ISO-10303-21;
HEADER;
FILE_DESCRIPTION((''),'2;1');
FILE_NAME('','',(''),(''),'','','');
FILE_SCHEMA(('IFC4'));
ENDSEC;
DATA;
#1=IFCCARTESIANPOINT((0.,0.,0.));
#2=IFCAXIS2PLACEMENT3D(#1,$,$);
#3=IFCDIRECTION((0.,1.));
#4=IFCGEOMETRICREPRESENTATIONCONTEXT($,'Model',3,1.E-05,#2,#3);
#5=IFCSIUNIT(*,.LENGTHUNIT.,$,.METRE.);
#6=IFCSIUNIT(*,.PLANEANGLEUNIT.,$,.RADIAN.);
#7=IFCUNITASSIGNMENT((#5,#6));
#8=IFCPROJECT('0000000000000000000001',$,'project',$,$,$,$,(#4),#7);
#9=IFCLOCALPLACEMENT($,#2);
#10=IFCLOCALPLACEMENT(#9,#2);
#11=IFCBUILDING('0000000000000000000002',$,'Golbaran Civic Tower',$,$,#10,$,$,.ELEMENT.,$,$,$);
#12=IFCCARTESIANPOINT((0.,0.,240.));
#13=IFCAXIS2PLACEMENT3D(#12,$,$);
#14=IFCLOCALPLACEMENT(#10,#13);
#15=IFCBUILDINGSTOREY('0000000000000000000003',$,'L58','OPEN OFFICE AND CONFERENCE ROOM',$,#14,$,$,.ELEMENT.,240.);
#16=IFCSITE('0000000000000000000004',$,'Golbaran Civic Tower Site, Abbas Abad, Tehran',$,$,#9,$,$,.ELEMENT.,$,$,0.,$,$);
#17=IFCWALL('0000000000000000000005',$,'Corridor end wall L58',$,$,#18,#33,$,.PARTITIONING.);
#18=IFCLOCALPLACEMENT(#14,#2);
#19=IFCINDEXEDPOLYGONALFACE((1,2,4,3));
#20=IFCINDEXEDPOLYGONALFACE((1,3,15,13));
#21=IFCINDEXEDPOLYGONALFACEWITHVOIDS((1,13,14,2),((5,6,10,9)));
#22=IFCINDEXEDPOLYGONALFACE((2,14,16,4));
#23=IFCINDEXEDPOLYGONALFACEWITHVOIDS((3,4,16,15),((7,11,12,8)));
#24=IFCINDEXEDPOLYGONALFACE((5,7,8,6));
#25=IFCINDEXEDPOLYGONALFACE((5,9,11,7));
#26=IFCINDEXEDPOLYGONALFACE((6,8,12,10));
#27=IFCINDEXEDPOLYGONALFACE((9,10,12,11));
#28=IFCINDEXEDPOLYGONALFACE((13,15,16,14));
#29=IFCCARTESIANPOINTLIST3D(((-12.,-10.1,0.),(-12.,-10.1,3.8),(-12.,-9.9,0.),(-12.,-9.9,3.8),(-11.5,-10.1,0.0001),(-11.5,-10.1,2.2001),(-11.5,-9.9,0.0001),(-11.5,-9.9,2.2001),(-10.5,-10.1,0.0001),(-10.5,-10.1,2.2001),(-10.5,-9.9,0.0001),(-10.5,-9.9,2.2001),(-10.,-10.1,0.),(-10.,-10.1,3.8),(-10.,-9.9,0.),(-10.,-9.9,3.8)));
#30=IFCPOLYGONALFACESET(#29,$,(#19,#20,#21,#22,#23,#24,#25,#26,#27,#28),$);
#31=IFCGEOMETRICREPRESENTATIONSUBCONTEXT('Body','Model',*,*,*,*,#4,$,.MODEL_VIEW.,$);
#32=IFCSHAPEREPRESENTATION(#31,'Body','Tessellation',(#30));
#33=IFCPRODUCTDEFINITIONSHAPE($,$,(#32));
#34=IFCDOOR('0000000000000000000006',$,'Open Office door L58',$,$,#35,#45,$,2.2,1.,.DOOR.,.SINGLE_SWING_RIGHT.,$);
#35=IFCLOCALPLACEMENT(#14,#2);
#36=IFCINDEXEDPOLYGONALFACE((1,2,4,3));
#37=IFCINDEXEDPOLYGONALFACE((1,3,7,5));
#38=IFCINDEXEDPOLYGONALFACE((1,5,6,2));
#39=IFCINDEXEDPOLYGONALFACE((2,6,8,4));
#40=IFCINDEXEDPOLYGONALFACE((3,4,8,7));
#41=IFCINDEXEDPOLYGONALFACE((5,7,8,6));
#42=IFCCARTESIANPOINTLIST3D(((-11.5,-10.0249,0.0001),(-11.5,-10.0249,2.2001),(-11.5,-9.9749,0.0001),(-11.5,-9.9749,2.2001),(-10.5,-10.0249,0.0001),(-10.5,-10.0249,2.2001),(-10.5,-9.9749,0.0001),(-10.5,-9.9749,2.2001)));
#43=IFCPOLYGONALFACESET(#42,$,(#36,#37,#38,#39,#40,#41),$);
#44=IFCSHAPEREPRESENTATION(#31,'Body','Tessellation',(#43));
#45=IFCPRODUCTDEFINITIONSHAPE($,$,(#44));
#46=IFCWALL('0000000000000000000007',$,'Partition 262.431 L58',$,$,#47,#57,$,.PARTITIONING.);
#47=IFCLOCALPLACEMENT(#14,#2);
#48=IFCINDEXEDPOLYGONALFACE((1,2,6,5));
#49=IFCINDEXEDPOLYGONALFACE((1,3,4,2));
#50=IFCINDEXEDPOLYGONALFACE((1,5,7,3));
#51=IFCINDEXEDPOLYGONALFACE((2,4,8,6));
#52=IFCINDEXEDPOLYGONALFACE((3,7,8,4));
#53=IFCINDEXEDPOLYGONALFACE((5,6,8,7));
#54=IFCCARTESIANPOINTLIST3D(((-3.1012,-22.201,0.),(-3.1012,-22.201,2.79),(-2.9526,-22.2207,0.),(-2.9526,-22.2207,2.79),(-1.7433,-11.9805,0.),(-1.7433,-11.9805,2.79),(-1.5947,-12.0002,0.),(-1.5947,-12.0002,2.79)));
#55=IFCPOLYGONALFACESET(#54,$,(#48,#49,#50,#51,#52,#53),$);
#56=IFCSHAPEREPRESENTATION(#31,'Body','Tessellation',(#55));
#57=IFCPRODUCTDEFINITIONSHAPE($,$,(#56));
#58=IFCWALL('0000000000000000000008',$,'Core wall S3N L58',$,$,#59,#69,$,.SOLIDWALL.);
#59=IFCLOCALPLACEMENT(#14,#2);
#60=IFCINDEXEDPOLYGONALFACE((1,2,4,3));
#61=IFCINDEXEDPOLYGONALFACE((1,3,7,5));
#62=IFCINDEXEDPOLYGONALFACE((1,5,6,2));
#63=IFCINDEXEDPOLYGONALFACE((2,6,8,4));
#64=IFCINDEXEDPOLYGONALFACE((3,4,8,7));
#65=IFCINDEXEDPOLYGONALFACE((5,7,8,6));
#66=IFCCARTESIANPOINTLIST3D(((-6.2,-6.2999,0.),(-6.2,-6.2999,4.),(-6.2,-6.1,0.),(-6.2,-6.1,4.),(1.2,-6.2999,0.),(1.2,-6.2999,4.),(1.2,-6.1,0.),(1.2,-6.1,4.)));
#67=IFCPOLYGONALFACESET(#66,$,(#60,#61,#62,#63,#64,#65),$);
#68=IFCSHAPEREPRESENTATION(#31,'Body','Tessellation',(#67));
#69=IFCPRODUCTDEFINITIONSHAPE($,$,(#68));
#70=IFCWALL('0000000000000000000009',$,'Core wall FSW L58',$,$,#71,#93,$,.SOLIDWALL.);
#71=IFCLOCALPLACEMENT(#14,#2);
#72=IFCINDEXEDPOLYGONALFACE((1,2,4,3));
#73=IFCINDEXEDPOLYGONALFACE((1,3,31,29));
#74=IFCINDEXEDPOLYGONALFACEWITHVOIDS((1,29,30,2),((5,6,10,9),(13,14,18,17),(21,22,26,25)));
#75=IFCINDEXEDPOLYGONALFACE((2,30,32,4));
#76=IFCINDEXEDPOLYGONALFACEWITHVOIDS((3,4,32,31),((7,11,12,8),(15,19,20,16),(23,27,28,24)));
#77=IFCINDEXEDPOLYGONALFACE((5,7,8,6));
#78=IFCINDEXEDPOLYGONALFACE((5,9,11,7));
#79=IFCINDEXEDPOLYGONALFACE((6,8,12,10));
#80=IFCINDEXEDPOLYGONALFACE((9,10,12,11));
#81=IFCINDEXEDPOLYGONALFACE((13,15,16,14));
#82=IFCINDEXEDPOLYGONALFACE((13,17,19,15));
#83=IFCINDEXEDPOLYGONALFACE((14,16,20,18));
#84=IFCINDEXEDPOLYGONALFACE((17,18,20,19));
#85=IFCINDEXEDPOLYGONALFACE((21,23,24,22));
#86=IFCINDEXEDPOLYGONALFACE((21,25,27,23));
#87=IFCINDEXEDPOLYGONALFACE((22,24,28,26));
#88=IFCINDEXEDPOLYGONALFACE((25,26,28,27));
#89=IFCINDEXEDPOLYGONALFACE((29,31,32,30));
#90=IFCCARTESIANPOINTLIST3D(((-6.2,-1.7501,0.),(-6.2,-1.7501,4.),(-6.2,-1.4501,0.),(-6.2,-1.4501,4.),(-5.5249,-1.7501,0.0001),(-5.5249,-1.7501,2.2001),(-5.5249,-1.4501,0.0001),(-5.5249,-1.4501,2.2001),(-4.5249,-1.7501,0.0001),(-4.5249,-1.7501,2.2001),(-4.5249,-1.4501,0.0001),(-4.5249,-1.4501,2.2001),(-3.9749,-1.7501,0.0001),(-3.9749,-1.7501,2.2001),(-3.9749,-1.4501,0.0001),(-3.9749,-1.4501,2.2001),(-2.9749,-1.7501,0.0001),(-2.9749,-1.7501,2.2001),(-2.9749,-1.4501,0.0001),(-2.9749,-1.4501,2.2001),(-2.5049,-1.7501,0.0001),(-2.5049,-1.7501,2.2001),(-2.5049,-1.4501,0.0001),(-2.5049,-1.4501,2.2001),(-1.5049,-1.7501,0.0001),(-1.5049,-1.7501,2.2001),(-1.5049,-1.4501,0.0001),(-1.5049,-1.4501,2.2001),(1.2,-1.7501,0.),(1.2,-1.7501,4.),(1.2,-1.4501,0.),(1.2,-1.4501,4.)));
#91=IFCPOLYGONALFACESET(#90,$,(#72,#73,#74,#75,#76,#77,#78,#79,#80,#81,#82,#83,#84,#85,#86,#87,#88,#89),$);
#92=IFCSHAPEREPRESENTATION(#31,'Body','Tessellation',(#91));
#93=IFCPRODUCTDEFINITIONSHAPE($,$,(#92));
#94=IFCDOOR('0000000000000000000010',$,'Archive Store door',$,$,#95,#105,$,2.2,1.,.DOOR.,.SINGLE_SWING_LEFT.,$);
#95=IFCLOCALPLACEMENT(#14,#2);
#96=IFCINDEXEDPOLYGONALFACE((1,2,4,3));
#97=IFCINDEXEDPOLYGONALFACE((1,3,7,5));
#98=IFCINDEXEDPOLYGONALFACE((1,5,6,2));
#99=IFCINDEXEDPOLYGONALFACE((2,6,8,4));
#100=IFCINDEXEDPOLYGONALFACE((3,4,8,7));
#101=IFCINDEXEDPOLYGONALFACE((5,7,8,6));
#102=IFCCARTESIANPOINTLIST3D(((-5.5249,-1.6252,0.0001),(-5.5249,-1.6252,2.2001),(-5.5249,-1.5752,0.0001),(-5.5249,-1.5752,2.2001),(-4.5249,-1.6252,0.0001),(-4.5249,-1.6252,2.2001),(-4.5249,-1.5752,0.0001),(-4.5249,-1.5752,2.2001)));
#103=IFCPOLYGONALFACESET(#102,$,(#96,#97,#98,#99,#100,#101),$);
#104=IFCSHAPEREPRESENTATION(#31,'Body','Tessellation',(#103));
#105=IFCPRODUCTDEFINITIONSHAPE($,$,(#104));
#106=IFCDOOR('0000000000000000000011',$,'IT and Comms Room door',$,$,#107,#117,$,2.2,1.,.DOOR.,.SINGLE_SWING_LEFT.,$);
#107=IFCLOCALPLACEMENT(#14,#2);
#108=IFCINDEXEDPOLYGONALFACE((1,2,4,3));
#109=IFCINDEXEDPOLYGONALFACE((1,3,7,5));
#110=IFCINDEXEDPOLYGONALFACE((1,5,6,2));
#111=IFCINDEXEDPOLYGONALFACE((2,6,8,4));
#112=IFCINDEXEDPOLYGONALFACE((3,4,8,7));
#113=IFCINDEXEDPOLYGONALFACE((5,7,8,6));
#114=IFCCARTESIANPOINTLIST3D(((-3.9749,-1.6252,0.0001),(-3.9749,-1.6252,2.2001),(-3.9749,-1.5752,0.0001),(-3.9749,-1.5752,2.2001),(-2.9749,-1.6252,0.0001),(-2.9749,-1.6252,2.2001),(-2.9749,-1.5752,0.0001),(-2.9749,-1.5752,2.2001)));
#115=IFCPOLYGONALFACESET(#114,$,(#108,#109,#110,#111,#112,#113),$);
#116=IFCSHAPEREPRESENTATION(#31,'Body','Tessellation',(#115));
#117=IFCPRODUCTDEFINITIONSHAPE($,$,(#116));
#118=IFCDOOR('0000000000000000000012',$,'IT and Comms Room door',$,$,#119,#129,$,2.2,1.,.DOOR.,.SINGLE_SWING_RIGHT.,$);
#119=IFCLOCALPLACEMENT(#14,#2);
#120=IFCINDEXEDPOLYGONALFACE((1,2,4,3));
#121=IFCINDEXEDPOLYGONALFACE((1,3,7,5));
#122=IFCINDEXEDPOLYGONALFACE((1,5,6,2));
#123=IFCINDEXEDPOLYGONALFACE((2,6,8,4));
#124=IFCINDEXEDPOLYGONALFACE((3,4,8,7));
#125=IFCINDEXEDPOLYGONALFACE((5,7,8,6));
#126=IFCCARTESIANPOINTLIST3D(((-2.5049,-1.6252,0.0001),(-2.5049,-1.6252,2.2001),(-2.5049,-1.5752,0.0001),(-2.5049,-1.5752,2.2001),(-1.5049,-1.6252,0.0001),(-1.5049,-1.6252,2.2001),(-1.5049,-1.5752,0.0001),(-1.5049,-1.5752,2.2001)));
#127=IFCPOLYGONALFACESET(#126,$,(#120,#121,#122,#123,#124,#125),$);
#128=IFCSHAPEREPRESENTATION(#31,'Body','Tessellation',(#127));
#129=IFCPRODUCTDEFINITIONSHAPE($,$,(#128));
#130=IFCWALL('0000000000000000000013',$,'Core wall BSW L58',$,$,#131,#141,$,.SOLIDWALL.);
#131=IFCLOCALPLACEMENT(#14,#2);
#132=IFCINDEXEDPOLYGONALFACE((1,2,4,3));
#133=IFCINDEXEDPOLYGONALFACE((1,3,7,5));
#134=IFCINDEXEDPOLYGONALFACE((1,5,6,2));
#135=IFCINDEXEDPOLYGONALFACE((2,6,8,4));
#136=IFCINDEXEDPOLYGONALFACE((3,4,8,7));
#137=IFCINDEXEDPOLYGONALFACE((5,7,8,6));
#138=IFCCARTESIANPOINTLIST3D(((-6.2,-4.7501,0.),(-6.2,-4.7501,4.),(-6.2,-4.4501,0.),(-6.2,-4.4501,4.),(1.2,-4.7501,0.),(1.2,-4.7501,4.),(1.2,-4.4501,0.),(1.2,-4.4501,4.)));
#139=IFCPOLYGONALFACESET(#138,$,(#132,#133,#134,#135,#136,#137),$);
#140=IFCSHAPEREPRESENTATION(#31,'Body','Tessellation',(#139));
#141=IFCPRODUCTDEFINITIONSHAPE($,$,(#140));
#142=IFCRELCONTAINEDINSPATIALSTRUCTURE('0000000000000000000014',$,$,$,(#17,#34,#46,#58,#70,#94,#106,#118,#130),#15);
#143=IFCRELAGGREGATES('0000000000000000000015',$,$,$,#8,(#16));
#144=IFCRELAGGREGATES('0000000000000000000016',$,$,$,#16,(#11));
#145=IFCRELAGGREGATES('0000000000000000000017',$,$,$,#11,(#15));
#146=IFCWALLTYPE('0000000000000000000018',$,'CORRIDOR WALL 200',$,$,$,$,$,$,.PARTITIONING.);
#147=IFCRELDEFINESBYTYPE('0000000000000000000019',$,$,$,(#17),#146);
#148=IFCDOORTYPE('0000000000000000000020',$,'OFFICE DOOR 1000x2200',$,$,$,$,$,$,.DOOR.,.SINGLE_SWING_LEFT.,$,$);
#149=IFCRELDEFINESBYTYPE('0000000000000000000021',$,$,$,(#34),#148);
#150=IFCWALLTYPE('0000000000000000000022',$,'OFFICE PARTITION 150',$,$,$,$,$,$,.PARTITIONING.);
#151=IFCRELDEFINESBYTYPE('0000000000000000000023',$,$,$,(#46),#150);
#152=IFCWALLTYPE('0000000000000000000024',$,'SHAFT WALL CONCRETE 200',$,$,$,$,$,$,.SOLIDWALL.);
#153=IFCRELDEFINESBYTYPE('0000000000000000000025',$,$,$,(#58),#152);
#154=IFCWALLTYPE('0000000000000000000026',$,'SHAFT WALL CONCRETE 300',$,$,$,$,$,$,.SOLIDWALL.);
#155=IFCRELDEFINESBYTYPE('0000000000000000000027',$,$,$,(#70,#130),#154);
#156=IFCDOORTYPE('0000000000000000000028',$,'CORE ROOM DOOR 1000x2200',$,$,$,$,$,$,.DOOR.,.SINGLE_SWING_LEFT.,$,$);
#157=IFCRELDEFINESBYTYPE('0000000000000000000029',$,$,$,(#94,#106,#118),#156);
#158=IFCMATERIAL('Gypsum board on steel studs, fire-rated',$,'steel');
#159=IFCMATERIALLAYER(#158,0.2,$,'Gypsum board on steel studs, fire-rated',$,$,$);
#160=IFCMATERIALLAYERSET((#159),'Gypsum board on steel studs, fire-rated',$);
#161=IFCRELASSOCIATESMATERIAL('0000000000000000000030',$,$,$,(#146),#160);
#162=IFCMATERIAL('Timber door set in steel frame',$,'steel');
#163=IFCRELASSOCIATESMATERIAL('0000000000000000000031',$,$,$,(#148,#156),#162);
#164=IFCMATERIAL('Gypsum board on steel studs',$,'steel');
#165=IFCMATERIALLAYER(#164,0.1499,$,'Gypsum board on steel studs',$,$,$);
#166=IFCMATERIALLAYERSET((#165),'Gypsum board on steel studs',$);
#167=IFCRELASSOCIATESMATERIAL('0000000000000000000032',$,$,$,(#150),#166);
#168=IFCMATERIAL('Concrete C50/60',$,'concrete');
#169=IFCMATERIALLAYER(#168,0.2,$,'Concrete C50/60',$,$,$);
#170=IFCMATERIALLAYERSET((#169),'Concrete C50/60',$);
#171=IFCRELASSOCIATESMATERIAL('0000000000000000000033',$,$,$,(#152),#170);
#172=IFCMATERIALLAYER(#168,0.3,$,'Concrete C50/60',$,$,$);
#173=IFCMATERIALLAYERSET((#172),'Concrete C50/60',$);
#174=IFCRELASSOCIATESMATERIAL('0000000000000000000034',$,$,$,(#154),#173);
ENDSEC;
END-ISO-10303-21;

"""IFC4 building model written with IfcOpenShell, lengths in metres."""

from ifc_helpers import new_model, si_unit, direction, frame, frame_2d, origin, place, context, subcontext, project, spatial, rectangle, extrude, material, layer, layer_set, type_object, element, fill, save


model = new_model("IFC4")

# Units and contexts
model_context = context("Model", 3, precision=1e-05, world=origin(), true_north=direction((0.0, 1.0)))
body_context = subcontext(model_context, "Body", "Model", "MODEL_VIEW")
ifc_project = project(units=[si_unit("LENGTHUNIT", "METRE"), si_unit("PLANEANGLEUNIT", "RADIAN")], contexts=[model_context])

# Site, building, storey
site_placement = place(None, origin())
site = spatial("IfcSite", under=ifc_project, at=site_placement, Name="Golbaran Civic Tower Site, Abbas Abad, Tehran", CompositionType="ELEMENT", RefElevation=0.0)
building_placement = place(site_placement, origin())
building = spatial("IfcBuilding", under=site, at=building_placement, Name="Golbaran Civic Tower", CompositionType="ELEMENT")
storey_placement = place(building_placement, frame((0.0, 0.0, 240.0)))
storey = spatial("IfcBuildingStorey", under=building, at=storey_placement, Name="L58", Description="OPEN OFFICE AND CONFERENCE ROOM", CompositionType="ELEMENT", Elevation=240.0)

# Shared definitions
ifc_material_1 = material(Name="Concrete C50/60", Category="concrete")
ifc_material_2 = material(Name="Timber door set in steel frame", Category="steel")

# Shared definitions
ifc_material_3 = material(Name="Gypsum board on steel studs, fire-rated", Category="steel")
ifc_layer_1 = layer(ifc_material_3, 0.2, Name="Gypsum board on steel studs, fire-rated")
ifc_layer_set_1 = layer_set([ifc_layer_1], Name="Gypsum board on steel studs, fire-rated")
wall_type_1 = type_object("IfcWallType", Name="CORRIDOR WALL 200", PredefinedType="PARTITIONING", material=ifc_layer_set_1)

# Wall, opening, door
wall_1_placement = place(storey_placement, frame((-10.0, -10.0, 0.0), z_axis=(0.0, 0.0, 1.0), x_axis=(-1.0, 0.0, 0.0)))
wall_1 = element("IfcWall", 1, at=wall_1_placement, inside=storey, type_object=wall_type_1, Name="Corridor end wall L58", PredefinedType="PARTITIONING", context=body_context, shape_type="SweptSolid", body=[
    extrude(rectangle(XDim=2.0, YDim=0.2, at=frame_2d((1.0, 0.0))), origin(), (0.0, 0.0, 1.0), 3.8),
])
opening_1_placement = place(wall_1_placement, frame((0.5, 0.0, 0.0)))
opening_1 = element("IfcOpeningElement", 2, at=opening_1_placement, cuts=wall_1, PredefinedType="OPENING", context=body_context, shape_type="SweptSolid", body=[
    extrude(rectangle(XDim=1.0, YDim=2.2, at=frame_2d((0.5, 1.1001))), frame((0.0, 0.1099, 0.0), z_axis=(0.0, -1.0, 0.0), x_axis=(1.0, 0.0, 0.0)), (0.0, 0.0, 1.0), 0.22),
])
door_type_1 = type_object("IfcDoorType", Name="OFFICE DOOR 1000x2200", OperationType="SINGLE_SWING_LEFT", PredefinedType="DOOR", material=ifc_material_2)
door_1_placement = place(opening_1_placement, origin())
door_1 = element("IfcDoor", 3, at=door_1_placement, inside=storey, type_object=door_type_1, Name="Open Office door L58", OperationType="SINGLE_SWING_RIGHT", OverallHeight=2.2, OverallWidth=1.0, PredefinedType="DOOR", context=body_context, shape_type="SweptSolid", body=[
    extrude(rectangle(XDim=1.0, YDim=2.2, at=frame_2d((0.5, 1.1001))), frame((0.0, 0.0249, 0.0), z_axis=(0.0, -1.0, 0.0), x_axis=(1.0, 0.0, 0.0)), (0.0, 0.0, 1.0), 0.05),
])
fill(opening_1, door_1)

# Walls
ifc_material_4 = material(Name="Gypsum board on steel studs", Category="steel")
ifc_layer_2 = layer(ifc_material_4, 0.1499, Name="Gypsum board on steel studs")
ifc_layer_set_2 = layer_set([ifc_layer_2], Name="Gypsum board on steel studs")
wall_type_2 = type_object("IfcWallType", Name="OFFICE PARTITION 150", PredefinedType="PARTITIONING", material=ifc_layer_set_2)
wall_2_placement = place(storey_placement, frame((-1.6689, -11.9902, 0.0), z_axis=(0.0, 0.0, 1.0), x_axis=(-0.131705, -0.991289, 0.0)))
element("IfcWall", 4, at=wall_2_placement, inside=storey, type_object=wall_type_2, Name="Partition 262.431 L58", PredefinedType="PARTITIONING", context=body_context, shape_type="SweptSolid", body=[
    extrude(rectangle(XDim=10.3103, YDim=0.1499, at=frame_2d((5.1553, 0.0))), origin(), (0.0, 0.0, 1.0), 2.79),
])
ifc_layer_3 = layer(ifc_material_1, 0.2, Name="Concrete C50/60")
ifc_layer_set_3 = layer_set([ifc_layer_3], Name="Concrete C50/60")
wall_type_3 = type_object("IfcWallType", Name="SHAFT WALL CONCRETE 200", PredefinedType="SOLIDWALL", material=ifc_layer_set_3)
wall_3_placement = place(storey_placement, frame((-6.2, -6.2, 0.0), z_axis=(0.0, 0.0, 1.0), x_axis=(1.0, 0.0, 0.0)))
element("IfcWall", 5, at=wall_3_placement, inside=storey, type_object=wall_type_3, Name="Core wall S3N L58", PredefinedType="SOLIDWALL", context=body_context, shape_type="SweptSolid", body=[
    extrude(rectangle(XDim=7.3999, YDim=0.2, at=frame_2d((3.7, 0.0))), origin(), (0.0, 0.0, 1.0), 4.0),
])

# Wall, openings, doors
ifc_layer_4 = layer(ifc_material_1, 0.3, Name="Concrete C50/60")
ifc_layer_set_4 = layer_set([ifc_layer_4], Name="Concrete C50/60")
wall_type_4 = type_object("IfcWallType", Name="SHAFT WALL CONCRETE 300", PredefinedType="SOLIDWALL", material=ifc_layer_set_4)
wall_4_placement = place(storey_placement, frame((-6.2, -1.6001, 0.0), z_axis=(0.0, 0.0, 1.0), x_axis=(1.0, 0.0, 0.0)))
wall_4 = element("IfcWall", 6, at=wall_4_placement, inside=storey, type_object=wall_type_4, Name="Core wall FSW L58", PredefinedType="SOLIDWALL", context=body_context, shape_type="SweptSolid", body=[
    extrude(rectangle(XDim=7.3999, YDim=0.3, at=frame_2d((3.7, 0.0))), origin(), (0.0, 0.0, 1.0), 4.0),
])
opening_2_placement = place(wall_4_placement, frame((0.675, 0.0, 0.0)))
opening_2 = element("IfcOpeningElement", 7, at=opening_2_placement, cuts=wall_4, PredefinedType="OPENING", context=body_context, shape_type="SweptSolid", body=[
    extrude(rectangle(XDim=1.0, YDim=2.2, at=frame_2d((0.5, 1.1001))), frame((0.0, 0.1599, 0.0), z_axis=(0.0, -1.0, 0.0), x_axis=(1.0, 0.0, 0.0)), (0.0, 0.0, 1.0), 0.3201),
])
opening_3_placement = place(wall_4_placement, frame((2.2251, 0.0, 0.0)))
opening_3 = element("IfcOpeningElement", 8, at=opening_3_placement, cuts=wall_4, PredefinedType="OPENING", context=body_context, shape_type="SweptSolid", body=[
    extrude(rectangle(XDim=1.0, YDim=2.2, at=frame_2d((0.5, 1.1001))), frame((0.0, 0.1599, 0.0), z_axis=(0.0, -1.0, 0.0), x_axis=(1.0, 0.0, 0.0)), (0.0, 0.0, 1.0), 0.3201),
])
opening_4_placement = place(wall_4_placement, frame((3.6951, 0.0, 0.0)))
opening_4 = element("IfcOpeningElement", 9, at=opening_4_placement, cuts=wall_4, PredefinedType="OPENING", context=body_context, shape_type="SweptSolid", body=[
    extrude(rectangle(XDim=1.0, YDim=2.2, at=frame_2d((0.5, 1.1001))), frame((0.0, 0.1599, 0.0), z_axis=(0.0, -1.0, 0.0), x_axis=(1.0, 0.0, 0.0)), (0.0, 0.0, 1.0), 0.3201),
])
door_type_2 = type_object("IfcDoorType", Name="CORE ROOM DOOR 1000x2200", OperationType="SINGLE_SWING_LEFT", PredefinedType="DOOR", material=ifc_material_2)
door_2_placement = place(opening_2_placement, origin())
door_2 = element("IfcDoor", 10, at=door_2_placement, inside=storey, type_object=door_type_2, Name="Archive Store door", OperationType="SINGLE_SWING_LEFT", OverallHeight=2.2, OverallWidth=1.0, PredefinedType="DOOR", context=body_context, shape_type="SweptSolid", body=[
    extrude(rectangle(XDim=1.0, YDim=2.2, at=frame_2d((0.5, 1.1001))), frame((0.0, 0.0249, 0.0), z_axis=(0.0, -1.0, 0.0), x_axis=(1.0, 0.0, 0.0)), (0.0, 0.0, 1.0), 0.05),
])
fill(opening_2, door_2)
door_3_placement = place(opening_3_placement, origin())
door_3 = element("IfcDoor", 11, at=door_3_placement, inside=storey, type_object=door_type_2, Name="IT and Comms Room door", OperationType="SINGLE_SWING_LEFT", OverallHeight=2.2, OverallWidth=1.0, PredefinedType="DOOR", context=body_context, shape_type="SweptSolid", body=[
    extrude(rectangle(XDim=1.0, YDim=2.2, at=frame_2d((0.5, 1.1001))), frame((0.0, 0.0249, 0.0), z_axis=(0.0, -1.0, 0.0), x_axis=(1.0, 0.0, 0.0)), (0.0, 0.0, 1.0), 0.05),
])
fill(opening_3, door_3)
door_4_placement = place(opening_4_placement, origin())
door_4 = element("IfcDoor", 12, at=door_4_placement, inside=storey, type_object=door_type_2, Name="IT and Comms Room door", OperationType="SINGLE_SWING_RIGHT", OverallHeight=2.2, OverallWidth=1.0, PredefinedType="DOOR", context=body_context, shape_type="SweptSolid", body=[
    extrude(rectangle(XDim=1.0, YDim=2.2, at=frame_2d((0.5, 1.1001))), frame((0.0, 0.0249, 0.0), z_axis=(0.0, -1.0, 0.0), x_axis=(1.0, 0.0, 0.0)), (0.0, 0.0, 1.0), 0.05),
])
fill(opening_4, door_4)

# Wall
wall_5_placement = place(storey_placement, frame((-6.2, -4.6001, 0.0), z_axis=(0.0, 0.0, 1.0), x_axis=(1.0, 0.0, 0.0)))
element("IfcWall", 13, at=wall_5_placement, inside=storey, type_object=wall_type_4, Name="Core wall BSW L58", PredefinedType="SOLIDWALL", context=body_context, shape_type="SweptSolid", body=[
    extrude(rectangle(XDim=7.3999, YDim=0.3, at=frame_2d((3.7, 0.0))), origin(), (0.0, 0.0, 1.0), 4.0),
])

save(model, "model.ifc")
